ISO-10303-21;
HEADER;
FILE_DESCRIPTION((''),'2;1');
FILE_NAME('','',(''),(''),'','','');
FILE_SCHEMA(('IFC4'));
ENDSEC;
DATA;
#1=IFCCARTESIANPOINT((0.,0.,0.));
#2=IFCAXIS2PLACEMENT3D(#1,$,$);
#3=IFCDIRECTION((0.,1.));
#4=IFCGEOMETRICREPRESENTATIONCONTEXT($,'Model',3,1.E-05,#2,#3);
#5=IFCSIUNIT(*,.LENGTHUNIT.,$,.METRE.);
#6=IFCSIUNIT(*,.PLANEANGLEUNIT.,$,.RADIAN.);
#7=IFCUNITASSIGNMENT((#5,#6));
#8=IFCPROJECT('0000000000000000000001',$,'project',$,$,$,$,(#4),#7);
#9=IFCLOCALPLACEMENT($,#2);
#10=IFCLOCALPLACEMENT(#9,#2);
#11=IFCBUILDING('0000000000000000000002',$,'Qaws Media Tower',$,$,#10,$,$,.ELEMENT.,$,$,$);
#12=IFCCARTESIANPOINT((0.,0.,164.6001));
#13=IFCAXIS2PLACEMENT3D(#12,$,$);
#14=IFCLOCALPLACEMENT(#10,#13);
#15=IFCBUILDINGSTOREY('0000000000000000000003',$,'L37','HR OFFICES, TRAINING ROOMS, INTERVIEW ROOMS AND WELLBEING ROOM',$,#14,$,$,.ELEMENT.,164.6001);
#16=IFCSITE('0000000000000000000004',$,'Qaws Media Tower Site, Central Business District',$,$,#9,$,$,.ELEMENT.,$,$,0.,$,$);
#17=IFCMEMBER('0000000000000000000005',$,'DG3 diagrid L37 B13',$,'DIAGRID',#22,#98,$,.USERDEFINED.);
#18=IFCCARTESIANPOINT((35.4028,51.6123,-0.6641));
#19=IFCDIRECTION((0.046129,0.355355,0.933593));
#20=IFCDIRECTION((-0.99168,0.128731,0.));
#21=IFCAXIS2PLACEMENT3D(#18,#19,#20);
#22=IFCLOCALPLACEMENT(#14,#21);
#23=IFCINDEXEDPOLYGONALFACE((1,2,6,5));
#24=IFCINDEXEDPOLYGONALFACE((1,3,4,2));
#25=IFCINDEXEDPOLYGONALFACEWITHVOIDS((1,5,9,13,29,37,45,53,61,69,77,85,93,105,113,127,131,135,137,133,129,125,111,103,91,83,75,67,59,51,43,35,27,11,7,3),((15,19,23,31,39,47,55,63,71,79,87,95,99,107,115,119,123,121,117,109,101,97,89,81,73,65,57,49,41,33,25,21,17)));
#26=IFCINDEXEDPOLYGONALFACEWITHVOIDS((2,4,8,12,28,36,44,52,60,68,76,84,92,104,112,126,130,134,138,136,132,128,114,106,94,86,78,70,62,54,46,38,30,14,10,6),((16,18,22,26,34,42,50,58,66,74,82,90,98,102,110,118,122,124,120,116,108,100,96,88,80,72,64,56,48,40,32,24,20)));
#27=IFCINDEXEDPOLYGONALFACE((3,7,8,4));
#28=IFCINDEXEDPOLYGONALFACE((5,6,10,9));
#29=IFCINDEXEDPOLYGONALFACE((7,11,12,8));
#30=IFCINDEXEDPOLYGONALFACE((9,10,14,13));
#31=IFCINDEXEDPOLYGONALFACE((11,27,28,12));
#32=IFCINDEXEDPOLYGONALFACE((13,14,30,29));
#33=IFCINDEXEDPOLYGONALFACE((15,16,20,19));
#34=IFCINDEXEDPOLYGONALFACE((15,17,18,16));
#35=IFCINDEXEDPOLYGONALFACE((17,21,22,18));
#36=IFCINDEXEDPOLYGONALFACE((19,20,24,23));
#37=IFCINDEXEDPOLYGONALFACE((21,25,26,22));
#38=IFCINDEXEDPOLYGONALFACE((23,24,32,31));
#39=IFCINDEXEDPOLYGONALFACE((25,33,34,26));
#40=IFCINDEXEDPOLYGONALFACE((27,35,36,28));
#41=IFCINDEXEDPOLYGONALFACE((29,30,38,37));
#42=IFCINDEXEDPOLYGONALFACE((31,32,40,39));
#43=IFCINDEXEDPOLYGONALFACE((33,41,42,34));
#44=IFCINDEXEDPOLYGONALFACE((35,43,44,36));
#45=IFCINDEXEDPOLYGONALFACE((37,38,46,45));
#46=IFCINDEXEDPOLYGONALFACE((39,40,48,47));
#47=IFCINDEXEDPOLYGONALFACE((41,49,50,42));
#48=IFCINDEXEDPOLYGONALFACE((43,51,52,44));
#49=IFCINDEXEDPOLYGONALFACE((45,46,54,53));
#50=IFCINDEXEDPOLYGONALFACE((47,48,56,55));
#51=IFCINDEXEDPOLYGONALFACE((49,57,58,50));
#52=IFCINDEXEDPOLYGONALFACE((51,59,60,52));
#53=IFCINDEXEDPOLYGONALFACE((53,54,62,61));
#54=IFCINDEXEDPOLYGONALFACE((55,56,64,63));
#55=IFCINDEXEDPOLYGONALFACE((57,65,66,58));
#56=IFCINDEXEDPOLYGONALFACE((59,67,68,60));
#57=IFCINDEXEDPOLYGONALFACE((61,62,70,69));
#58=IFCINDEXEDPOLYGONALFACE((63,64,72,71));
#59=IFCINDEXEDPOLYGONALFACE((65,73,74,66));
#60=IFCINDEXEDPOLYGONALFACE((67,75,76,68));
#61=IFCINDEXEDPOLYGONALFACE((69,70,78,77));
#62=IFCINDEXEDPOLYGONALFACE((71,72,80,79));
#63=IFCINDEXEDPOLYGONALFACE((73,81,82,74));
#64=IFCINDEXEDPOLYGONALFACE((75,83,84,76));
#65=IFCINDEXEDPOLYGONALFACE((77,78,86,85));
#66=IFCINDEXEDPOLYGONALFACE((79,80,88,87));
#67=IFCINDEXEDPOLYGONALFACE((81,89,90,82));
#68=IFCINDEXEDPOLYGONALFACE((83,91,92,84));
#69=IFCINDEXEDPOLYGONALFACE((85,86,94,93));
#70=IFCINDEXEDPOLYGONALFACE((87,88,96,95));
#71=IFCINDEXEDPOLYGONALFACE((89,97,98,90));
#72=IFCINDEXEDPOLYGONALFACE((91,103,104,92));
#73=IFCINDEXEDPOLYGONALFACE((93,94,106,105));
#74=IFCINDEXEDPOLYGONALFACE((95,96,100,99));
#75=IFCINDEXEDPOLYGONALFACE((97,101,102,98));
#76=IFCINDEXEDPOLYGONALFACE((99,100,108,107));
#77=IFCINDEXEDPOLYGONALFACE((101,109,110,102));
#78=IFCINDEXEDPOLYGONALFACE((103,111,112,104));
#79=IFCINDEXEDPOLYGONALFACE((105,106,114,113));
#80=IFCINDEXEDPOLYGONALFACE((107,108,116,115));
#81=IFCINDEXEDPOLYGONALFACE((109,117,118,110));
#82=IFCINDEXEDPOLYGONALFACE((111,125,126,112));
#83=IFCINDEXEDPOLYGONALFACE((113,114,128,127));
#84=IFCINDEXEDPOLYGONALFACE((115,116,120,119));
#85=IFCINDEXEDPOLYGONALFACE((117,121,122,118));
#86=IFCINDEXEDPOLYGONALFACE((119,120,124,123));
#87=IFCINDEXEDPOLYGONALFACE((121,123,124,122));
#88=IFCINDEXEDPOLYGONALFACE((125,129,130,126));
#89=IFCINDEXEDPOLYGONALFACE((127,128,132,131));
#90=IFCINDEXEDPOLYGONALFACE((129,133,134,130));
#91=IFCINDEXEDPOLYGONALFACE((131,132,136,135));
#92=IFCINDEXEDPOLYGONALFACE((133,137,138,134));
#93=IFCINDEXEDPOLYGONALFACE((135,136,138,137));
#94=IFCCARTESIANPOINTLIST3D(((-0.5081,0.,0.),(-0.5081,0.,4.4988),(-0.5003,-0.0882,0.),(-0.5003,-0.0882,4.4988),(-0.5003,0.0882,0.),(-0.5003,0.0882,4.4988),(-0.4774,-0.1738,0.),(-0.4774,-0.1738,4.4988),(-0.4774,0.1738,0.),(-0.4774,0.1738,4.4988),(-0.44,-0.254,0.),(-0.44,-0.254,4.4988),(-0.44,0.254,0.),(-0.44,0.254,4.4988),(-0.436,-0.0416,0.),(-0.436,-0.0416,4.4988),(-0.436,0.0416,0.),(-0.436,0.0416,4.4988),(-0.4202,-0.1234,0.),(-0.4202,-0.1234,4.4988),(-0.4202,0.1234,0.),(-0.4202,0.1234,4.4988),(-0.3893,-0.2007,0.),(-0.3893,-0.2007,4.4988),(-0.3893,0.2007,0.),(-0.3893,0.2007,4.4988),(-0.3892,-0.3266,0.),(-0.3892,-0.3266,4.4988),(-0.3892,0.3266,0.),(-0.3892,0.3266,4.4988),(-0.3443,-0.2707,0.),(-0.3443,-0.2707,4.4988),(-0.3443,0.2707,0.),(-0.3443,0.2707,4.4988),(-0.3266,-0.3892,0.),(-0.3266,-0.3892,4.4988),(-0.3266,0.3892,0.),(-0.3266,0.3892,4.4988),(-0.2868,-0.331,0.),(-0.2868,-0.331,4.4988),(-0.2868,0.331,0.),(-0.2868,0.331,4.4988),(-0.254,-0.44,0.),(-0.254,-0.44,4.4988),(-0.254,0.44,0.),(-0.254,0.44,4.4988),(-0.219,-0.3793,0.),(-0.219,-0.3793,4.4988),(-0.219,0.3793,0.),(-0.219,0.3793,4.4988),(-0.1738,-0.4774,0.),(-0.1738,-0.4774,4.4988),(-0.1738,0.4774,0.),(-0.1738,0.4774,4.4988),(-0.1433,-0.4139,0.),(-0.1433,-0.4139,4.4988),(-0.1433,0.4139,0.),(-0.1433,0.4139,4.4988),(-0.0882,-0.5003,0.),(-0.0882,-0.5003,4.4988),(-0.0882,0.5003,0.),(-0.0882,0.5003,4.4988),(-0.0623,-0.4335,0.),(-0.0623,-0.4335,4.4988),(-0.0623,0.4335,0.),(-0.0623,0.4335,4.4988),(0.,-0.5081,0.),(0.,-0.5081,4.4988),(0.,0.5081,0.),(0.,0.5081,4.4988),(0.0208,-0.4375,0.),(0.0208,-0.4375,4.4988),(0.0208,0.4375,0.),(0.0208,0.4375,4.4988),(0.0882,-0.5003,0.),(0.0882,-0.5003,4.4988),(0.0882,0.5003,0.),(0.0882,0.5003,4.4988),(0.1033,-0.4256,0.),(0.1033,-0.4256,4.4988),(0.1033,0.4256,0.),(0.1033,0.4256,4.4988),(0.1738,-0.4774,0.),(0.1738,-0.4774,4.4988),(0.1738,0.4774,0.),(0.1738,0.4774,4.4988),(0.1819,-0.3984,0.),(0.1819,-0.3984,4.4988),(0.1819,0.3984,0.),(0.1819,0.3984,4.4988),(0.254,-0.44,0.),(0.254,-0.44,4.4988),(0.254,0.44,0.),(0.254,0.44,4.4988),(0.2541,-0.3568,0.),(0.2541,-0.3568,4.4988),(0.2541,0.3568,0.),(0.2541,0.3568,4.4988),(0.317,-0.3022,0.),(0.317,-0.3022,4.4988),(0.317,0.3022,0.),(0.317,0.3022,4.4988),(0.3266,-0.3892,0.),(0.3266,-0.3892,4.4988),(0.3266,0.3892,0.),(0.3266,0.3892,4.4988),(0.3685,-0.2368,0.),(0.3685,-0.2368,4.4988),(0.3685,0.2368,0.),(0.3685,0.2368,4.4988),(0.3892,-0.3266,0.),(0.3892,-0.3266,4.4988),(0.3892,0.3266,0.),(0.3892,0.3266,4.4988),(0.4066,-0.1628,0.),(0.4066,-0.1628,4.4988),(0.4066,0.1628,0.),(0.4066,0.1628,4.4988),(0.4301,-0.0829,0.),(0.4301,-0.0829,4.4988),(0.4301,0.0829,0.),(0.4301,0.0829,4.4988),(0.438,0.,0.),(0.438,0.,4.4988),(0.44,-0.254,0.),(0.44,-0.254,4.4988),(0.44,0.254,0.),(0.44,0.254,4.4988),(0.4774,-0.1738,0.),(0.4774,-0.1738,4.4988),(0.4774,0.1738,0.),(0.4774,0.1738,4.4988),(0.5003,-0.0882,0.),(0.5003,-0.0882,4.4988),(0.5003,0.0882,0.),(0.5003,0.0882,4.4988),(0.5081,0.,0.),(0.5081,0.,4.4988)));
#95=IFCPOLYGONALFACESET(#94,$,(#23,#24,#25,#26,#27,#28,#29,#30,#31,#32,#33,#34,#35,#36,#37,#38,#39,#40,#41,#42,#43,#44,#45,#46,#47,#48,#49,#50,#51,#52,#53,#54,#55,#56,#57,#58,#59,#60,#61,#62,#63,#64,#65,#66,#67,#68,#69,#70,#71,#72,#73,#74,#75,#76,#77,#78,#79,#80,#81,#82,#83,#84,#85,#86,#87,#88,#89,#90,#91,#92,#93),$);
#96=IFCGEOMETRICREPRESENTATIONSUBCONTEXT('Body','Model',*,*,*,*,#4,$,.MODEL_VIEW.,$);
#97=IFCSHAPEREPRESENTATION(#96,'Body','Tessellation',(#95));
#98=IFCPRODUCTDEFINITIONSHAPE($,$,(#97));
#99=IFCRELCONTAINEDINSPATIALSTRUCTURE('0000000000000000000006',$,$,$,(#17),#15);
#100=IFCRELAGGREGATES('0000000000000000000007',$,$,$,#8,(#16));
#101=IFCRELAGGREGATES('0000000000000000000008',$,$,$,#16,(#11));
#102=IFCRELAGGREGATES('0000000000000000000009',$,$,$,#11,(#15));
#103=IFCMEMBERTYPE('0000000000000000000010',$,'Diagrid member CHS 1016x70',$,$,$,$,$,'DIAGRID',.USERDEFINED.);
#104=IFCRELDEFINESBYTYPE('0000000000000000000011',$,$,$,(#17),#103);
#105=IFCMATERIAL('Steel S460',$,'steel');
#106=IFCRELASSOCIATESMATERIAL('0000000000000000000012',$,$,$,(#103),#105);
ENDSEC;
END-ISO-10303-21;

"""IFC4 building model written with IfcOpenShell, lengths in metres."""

from ifc_helpers import new_model, si_unit, direction, frame, origin, origin_2d, place, context, subcontext, project, spatial, hollow_circle, extrude, material, material_profile, profile_set, type_object, element, save


model = new_model("IFC4")

# Units and contexts
model_context = context("Model", 3, precision=1e-05, world=origin(), true_north=direction((0.0, 1.0)))
body_context = subcontext(model_context, "Body", "Model", "MODEL_VIEW")
ifc_project = project(units=[si_unit("LENGTHUNIT", "METRE"), si_unit("PLANEANGLEUNIT", "RADIAN")], contexts=[model_context])

# Site, building, storey
site_placement = place(None, origin())
site = spatial("IfcSite", under=ifc_project, at=site_placement, Name="Qaws Media Tower Site, Central Business District", CompositionType="ELEMENT", RefElevation=0.0)
building_placement = place(site_placement, origin())
building = spatial("IfcBuilding", under=site, at=building_placement, Name="Qaws Media Tower", CompositionType="ELEMENT")
storey_placement = place(building_placement, frame((0.0, 0.0, 164.6001)))
storey = spatial("IfcBuildingStorey", under=building, at=storey_placement, Name="L37", Description="HR OFFICES, TRAINING ROOMS, INTERVIEW ROOMS AND WELLBEING ROOM", CompositionType="ELEMENT", Elevation=164.6001)

# Member
ifc_material_1 = material(Name="Steel S460", Category="steel")
ifc_material_profile_1 = material_profile(ifc_material_1, hollow_circle(Radius=0.5081, WallThickness=0.0701, at=origin_2d()), Name="CHS 1016x70")
ifc_profile_set_1 = profile_set([ifc_material_profile_1], Name="Steel S460")
member_type_1 = type_object("IfcMemberType", Name="Diagrid member CHS 1016x70", ElementType="DIAGRID", PredefinedType="USERDEFINED", material=ifc_profile_set_1)
for number, where, z_axis, x_axis, name in (
    (1, (35.4028, 51.6123, -0.6641), (0.046129, 0.355355, 0.933593), (-0.99168, 0.128731, 0.0), "DG3 diagrid L37 B13"),
):
    element("IfcMember", number, at=place(storey_placement, frame(where, z_axis=z_axis, x_axis=x_axis)), inside=storey, type_object=member_type_1, Name=name, ObjectType="DIAGRID", PredefinedType="USERDEFINED", context=body_context, shape_type="SweptSolid", body=[
        extrude(hollow_circle(Radius=0.5081, WallThickness=0.0701, at=origin_2d()), origin(), (0.0, 0.0, 1.0), 4.4988),
    ])

save(model, "model.ifc")
